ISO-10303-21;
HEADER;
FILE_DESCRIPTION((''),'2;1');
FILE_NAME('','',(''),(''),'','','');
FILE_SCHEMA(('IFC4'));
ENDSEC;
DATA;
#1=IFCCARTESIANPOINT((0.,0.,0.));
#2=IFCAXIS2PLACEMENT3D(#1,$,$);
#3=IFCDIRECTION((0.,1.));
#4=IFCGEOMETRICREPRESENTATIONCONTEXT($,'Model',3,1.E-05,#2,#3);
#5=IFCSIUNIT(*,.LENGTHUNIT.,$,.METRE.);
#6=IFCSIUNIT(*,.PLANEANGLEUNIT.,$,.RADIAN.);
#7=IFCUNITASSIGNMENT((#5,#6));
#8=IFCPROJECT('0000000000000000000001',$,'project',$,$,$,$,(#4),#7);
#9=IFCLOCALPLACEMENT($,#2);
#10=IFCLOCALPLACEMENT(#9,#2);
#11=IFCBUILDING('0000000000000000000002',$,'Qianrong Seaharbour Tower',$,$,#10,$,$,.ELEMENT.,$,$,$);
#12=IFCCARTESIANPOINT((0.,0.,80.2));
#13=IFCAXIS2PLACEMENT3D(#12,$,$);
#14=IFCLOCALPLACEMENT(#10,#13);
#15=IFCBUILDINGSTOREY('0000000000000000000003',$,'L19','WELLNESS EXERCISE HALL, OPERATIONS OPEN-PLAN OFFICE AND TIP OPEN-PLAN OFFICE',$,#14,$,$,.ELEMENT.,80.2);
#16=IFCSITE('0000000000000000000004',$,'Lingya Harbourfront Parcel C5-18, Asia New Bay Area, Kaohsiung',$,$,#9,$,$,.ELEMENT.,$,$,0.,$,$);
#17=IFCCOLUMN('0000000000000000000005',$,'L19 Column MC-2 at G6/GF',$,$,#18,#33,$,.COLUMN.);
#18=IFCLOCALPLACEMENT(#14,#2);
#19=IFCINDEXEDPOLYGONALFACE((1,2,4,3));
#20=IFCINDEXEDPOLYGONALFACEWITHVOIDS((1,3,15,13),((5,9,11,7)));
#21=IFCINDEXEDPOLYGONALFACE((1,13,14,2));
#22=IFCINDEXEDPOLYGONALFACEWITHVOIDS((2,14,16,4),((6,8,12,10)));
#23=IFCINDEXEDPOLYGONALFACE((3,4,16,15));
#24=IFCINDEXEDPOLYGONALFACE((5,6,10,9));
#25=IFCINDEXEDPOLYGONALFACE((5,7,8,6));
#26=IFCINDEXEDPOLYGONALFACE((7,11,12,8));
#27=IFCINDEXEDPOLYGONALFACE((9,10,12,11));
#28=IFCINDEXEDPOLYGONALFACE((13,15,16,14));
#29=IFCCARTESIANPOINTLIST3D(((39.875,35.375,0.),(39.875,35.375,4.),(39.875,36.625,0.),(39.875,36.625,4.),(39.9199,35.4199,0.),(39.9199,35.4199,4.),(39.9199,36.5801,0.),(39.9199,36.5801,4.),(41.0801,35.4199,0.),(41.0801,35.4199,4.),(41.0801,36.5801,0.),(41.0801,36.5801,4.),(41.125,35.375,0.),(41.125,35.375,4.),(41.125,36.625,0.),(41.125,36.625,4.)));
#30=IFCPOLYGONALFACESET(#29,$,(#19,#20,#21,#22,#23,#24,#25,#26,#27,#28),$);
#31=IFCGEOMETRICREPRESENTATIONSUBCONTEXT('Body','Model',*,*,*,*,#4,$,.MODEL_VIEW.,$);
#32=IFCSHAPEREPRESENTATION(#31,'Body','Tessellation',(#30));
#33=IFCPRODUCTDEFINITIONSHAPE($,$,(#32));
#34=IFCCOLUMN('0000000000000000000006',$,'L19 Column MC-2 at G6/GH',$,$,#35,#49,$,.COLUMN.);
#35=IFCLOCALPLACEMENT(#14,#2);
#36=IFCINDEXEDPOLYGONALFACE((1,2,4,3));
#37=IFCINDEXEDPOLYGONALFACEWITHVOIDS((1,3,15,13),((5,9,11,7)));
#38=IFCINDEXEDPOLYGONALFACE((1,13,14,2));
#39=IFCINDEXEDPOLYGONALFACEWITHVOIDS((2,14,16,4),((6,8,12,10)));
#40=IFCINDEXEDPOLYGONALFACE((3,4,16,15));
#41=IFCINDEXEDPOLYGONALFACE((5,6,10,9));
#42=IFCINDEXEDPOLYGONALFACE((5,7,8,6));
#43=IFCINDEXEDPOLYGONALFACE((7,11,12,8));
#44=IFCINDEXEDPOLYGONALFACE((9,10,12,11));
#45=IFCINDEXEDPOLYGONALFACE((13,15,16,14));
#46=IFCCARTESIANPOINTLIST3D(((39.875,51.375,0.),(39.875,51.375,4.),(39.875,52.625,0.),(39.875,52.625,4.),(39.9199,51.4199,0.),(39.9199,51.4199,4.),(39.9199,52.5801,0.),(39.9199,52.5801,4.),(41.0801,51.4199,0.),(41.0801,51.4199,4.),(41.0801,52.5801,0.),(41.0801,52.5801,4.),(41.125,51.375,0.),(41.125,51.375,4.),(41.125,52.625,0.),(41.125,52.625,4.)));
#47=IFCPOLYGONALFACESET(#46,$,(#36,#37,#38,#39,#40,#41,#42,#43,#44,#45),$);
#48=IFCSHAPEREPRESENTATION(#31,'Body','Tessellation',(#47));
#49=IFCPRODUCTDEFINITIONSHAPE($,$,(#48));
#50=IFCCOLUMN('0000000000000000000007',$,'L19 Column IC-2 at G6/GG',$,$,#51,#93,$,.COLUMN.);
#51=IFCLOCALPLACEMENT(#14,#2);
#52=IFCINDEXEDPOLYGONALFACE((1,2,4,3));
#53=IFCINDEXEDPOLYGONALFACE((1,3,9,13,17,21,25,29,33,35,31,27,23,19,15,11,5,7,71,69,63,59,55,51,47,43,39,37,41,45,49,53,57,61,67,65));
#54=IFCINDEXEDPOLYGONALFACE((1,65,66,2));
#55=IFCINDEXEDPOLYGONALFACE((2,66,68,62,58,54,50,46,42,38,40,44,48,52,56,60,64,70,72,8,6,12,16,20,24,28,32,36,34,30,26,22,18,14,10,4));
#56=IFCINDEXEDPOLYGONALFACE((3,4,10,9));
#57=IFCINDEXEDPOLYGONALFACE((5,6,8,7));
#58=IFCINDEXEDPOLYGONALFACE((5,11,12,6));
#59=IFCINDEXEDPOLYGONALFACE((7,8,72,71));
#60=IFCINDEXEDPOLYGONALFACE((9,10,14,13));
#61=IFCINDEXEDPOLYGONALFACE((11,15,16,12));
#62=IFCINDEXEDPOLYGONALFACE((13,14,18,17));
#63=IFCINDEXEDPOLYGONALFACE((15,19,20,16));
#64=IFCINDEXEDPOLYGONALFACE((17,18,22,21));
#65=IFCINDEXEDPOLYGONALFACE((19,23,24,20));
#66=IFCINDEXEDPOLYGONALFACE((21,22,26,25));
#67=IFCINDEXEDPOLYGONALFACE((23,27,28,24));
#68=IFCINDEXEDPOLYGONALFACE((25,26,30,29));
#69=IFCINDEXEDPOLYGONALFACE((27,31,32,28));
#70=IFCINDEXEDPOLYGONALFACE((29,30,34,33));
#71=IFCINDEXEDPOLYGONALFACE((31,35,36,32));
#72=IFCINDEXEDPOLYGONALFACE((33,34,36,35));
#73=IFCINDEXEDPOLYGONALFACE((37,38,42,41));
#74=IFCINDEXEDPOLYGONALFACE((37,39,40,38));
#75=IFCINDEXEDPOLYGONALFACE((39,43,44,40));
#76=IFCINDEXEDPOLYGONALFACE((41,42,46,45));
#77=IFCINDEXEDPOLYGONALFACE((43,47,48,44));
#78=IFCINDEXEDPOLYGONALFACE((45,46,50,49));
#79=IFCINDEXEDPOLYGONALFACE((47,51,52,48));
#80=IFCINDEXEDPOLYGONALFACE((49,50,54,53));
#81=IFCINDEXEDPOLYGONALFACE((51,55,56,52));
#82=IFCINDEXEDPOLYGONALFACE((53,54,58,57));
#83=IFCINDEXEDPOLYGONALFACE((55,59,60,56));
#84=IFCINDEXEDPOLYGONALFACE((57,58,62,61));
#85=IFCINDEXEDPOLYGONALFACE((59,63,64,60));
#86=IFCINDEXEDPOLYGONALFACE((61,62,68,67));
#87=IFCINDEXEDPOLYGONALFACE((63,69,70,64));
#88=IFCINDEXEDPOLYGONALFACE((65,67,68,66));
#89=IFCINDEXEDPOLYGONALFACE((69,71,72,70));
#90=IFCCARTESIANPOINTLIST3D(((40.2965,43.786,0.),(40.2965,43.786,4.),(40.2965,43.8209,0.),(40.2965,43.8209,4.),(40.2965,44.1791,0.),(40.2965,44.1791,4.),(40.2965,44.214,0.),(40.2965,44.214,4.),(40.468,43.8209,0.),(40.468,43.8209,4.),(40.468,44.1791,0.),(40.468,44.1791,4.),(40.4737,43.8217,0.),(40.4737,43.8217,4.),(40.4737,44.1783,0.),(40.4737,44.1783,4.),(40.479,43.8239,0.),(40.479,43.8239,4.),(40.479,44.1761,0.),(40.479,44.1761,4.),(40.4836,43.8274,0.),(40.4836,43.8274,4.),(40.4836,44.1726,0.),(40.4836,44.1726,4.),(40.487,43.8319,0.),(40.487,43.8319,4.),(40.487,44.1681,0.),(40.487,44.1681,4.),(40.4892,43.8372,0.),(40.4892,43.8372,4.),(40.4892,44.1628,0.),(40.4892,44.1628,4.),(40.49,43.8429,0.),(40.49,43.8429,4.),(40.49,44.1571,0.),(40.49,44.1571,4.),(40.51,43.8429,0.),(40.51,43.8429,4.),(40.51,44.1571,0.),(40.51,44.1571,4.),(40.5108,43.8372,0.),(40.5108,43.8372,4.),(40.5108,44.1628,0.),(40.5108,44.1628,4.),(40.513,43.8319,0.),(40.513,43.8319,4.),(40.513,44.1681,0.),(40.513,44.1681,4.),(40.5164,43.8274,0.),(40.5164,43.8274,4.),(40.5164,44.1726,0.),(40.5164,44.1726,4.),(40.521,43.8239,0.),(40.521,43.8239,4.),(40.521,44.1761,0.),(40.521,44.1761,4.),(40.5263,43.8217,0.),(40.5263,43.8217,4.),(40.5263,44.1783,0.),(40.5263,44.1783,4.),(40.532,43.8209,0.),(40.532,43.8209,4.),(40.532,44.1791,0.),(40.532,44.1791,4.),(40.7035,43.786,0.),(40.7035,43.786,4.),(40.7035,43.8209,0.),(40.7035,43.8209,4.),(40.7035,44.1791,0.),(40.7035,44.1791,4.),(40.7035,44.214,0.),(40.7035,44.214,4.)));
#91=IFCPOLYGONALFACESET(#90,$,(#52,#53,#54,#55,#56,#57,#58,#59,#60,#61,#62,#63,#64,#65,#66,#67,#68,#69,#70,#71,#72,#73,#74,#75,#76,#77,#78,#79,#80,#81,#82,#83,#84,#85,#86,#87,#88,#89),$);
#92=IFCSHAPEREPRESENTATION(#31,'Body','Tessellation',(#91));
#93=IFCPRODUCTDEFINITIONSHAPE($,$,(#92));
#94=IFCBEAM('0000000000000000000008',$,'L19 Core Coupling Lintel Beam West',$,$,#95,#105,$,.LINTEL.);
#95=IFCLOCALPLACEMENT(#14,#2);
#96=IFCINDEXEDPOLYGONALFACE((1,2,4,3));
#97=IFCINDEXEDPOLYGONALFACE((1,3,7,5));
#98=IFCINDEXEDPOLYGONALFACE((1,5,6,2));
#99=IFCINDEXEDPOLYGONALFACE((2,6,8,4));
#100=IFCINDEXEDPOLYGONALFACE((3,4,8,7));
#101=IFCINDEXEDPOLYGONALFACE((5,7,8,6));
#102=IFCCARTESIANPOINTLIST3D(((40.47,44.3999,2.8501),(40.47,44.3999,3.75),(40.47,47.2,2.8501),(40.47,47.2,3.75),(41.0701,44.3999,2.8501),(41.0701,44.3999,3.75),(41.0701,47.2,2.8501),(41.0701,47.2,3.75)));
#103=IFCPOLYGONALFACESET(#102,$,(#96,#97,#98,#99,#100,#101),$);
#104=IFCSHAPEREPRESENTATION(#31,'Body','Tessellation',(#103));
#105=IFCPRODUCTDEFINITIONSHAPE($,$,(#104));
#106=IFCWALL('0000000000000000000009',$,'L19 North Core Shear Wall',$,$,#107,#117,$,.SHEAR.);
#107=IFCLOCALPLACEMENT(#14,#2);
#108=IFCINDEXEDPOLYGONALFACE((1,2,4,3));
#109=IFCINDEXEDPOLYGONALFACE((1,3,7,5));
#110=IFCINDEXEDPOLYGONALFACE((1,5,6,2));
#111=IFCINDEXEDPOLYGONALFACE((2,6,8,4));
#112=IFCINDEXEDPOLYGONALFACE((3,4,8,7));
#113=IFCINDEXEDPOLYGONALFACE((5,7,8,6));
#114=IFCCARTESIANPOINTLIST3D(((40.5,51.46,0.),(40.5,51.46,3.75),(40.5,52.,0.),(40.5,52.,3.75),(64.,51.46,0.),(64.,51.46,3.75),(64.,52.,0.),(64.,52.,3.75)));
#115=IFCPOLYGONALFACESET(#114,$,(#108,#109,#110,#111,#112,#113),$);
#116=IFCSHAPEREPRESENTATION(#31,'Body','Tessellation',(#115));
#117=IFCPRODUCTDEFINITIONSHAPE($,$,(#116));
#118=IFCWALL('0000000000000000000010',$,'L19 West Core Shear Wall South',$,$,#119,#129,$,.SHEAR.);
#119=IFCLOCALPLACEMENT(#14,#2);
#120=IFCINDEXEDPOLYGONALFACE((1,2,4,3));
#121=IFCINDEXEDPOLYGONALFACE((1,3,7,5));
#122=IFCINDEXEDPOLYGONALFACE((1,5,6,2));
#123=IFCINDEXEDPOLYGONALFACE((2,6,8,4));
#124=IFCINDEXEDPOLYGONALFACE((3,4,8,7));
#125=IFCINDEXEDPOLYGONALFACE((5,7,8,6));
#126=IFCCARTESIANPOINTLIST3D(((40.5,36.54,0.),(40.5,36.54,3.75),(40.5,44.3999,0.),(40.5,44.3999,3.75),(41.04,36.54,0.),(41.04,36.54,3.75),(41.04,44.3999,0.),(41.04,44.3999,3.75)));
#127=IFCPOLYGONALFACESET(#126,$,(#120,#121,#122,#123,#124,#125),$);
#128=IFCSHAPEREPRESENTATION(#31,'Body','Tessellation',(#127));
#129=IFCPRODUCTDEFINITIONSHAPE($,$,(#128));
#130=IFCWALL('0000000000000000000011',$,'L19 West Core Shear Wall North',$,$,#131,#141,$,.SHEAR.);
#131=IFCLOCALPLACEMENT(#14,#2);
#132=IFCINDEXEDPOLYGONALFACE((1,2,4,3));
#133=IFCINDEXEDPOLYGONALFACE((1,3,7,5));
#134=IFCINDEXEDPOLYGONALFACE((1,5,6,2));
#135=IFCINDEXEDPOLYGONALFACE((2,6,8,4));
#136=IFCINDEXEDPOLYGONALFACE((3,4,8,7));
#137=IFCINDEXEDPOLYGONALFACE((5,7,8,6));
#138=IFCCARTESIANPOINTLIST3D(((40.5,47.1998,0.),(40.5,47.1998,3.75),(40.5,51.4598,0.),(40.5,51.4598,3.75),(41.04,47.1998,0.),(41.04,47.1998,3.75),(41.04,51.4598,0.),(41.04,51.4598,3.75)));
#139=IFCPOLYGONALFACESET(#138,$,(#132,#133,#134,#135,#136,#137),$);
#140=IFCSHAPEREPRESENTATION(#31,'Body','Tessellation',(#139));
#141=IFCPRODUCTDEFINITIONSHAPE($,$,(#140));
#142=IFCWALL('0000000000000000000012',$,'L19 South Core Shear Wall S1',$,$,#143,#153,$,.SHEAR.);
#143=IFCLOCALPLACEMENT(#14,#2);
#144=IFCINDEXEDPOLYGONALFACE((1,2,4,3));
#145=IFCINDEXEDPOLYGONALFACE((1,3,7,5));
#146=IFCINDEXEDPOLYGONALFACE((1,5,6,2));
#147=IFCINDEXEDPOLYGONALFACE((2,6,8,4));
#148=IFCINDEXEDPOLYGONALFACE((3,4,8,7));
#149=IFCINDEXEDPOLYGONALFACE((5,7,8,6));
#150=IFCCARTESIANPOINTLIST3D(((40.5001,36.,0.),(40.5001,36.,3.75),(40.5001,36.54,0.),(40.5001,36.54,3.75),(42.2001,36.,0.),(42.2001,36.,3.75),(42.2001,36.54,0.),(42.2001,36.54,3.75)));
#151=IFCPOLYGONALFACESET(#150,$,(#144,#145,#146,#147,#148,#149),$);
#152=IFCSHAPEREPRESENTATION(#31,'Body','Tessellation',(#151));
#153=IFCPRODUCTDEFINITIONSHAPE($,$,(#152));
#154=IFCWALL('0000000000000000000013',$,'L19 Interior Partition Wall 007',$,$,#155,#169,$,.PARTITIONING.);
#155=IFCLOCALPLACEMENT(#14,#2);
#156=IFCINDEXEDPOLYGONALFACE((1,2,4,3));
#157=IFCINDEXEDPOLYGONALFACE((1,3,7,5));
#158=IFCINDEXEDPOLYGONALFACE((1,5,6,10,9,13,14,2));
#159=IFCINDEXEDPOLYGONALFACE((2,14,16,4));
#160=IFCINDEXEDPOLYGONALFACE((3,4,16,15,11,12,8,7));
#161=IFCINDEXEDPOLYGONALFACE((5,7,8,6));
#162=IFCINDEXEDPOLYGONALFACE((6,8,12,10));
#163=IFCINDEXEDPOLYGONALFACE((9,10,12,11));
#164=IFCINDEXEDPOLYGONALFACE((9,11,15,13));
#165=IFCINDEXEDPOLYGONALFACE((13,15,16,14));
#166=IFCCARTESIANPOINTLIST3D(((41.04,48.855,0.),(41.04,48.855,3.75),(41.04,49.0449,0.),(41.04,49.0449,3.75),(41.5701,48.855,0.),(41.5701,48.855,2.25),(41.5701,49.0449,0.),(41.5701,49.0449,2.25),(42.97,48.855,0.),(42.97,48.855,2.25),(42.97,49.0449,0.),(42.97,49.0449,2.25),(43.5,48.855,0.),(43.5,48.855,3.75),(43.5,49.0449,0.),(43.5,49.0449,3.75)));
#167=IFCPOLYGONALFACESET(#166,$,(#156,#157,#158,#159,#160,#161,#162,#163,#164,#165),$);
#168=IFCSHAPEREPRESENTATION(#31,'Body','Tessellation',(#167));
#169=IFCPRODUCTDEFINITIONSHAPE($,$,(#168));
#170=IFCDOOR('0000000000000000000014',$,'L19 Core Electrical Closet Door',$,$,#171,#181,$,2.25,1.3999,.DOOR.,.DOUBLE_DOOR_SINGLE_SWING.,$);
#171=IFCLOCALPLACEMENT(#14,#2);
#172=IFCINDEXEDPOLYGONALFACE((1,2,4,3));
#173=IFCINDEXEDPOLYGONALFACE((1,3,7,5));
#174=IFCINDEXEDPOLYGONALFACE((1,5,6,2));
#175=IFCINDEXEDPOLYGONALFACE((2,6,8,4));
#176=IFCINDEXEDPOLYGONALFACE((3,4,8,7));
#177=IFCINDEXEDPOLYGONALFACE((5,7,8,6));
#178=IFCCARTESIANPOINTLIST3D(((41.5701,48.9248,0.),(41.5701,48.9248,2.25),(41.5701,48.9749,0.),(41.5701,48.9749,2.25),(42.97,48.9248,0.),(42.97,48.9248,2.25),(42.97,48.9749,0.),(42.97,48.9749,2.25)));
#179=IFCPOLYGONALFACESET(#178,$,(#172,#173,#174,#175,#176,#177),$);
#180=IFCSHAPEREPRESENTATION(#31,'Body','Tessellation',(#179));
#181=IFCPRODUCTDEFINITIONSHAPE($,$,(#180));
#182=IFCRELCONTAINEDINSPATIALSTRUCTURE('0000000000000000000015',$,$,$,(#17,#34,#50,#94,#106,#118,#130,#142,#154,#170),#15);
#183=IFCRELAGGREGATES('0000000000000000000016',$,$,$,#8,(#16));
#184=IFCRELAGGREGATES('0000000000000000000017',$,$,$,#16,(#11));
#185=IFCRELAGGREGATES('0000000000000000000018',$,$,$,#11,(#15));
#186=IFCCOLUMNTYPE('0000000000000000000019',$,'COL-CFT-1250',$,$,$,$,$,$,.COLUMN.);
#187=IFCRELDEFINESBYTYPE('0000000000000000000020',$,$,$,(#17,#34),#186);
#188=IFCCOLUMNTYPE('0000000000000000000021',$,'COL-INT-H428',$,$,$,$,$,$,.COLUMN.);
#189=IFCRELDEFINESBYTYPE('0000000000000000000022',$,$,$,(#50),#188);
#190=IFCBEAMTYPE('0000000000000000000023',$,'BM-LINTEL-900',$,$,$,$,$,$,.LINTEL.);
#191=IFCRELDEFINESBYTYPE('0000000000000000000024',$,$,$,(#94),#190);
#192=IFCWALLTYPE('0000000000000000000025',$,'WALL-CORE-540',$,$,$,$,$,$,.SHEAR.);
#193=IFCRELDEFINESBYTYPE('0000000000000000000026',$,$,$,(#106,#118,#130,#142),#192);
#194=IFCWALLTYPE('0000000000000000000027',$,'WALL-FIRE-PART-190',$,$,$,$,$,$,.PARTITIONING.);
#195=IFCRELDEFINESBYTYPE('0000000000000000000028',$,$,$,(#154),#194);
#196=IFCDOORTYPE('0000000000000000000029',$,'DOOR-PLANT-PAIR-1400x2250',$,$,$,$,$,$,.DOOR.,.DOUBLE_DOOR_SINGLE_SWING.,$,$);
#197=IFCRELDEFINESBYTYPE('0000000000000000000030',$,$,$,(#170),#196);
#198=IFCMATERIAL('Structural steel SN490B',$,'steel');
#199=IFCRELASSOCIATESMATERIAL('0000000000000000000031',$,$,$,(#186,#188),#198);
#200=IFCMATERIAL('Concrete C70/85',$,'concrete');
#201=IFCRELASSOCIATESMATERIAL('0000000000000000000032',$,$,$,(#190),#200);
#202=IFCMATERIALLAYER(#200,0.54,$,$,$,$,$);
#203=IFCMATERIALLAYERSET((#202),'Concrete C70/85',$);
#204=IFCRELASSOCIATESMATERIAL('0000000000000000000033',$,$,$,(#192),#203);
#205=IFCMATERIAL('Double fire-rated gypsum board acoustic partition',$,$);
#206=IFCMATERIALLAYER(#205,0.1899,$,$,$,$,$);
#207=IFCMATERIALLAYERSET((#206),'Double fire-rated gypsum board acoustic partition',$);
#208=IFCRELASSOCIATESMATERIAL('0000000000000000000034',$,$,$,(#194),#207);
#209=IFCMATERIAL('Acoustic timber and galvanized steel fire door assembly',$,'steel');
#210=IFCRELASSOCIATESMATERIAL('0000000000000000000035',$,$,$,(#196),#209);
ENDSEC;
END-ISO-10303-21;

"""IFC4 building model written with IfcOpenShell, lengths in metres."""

from ifc_helpers import new_model, si_unit, direction, frame, frame_2d, origin, origin_2d, place, context, subcontext, project, spatial, rectangle, hollow_rectangle, i_section, extrude, material, layer, layer_set, material_profile, profile_set, type_object, element, fill, save


model = new_model("IFC4")

# Units and contexts
model_context = context("Model", 3, precision=1e-05, world=origin(), true_north=direction((0.0, 1.0)))
body_context = subcontext(model_context, "Body", "Model", "MODEL_VIEW")
ifc_project = project(units=[si_unit("LENGTHUNIT", "METRE"), si_unit("PLANEANGLEUNIT", "RADIAN")], contexts=[model_context])

# Site, building, storey
site_placement = place(None, origin())
site = spatial("IfcSite", under=ifc_project, at=site_placement, Name="Lingya Harbourfront Parcel C5-18, Asia New Bay Area, Kaohsiung", CompositionType="ELEMENT", RefElevation=0.0)
building_placement = place(site_placement, origin())
building = spatial("IfcBuilding", under=site, at=building_placement, Name="Qianrong Seaharbour Tower", CompositionType="ELEMENT")
storey_placement = place(building_placement, frame((0.0, 0.0, 80.2)))
storey = spatial("IfcBuildingStorey", under=building, at=storey_placement, Name="L19", Description="WELLNESS EXERCISE HALL, OPERATIONS OPEN-PLAN OFFICE AND TIP OPEN-PLAN OFFICE", CompositionType="ELEMENT", Elevation=80.2)

# Columns
ifc_material_1 = material(Name="Structural steel SN490B", Category="steel")
ifc_material_profile_1 = material_profile(ifc_material_1, hollow_rectangle(XDim=1.25, YDim=1.25, WallThickness=0.0449, at=origin_2d()), Name="BOX1250x1250x45")
ifc_profile_set_1 = profile_set([ifc_material_profile_1], Name="Structural steel SN490B")
column_type_1 = type_object("IfcColumnType", Name="COL-CFT-1250", PredefinedType="COLUMN", material=ifc_profile_set_1)
for number, where, z_axis, x_axis, name in (
    (1, (40.5, 36.0, 0.0), (0.0, 0.0, 1.0), (1.0, 0.0, 0.0), "L19 Column MC-2 at G6/GF"),
    (2, (40.5, 52.0, 0.0), (0.0, 0.0, 1.0), (1.0, 0.0, 0.0), "L19 Column MC-2 at G6/GH"),
):
    element("IfcColumn", number, at=place(storey_placement, frame(where, z_axis=z_axis, x_axis=x_axis)), inside=storey, type_object=column_type_1, Name=name, PredefinedType="COLUMN", context=body_context, shape_type="SweptSolid", body=[
        extrude(hollow_rectangle(XDim=1.25, YDim=1.25, WallThickness=0.0449, at=origin_2d()), origin(), (0.0, 0.0, 1.0), 4.0),
    ])
ifc_material_profile_2 = material_profile(ifc_material_1, i_section(OverallWidth=0.407, OverallDepth=0.428, WebThickness=0.02, FlangeThickness=0.0349, FilletRadius=0.022, at=origin_2d()), Name="H428x407x20x35")
ifc_profile_set_2 = profile_set([ifc_material_profile_2], Name="Structural steel SN490B")
column_type_2 = type_object("IfcColumnType", Name="COL-INT-H428", PredefinedType="COLUMN", material=ifc_profile_set_2)
column_placement = place(storey_placement, frame((40.5, 44.0, 0.0), z_axis=(0.0, 0.0, 1.0), x_axis=(1.0, 0.0, 0.0)))
element("IfcColumn", 3, at=column_placement, inside=storey, type_object=column_type_2, Name="L19 Column IC-2 at G6/GG", PredefinedType="COLUMN", context=body_context, shape_type="SweptSolid", body=[
    extrude(i_section(OverallWidth=0.407, OverallDepth=0.428, WebThickness=0.02, FlangeThickness=0.0349, FilletRadius=0.022, at=origin_2d()), origin(), (0.0, 0.0, 1.0), 4.0),
])

# Beam
ifc_material_2 = material(Name="Concrete C70/85", Category="concrete")
ifc_material_profile_3 = material_profile(ifc_material_2, rectangle(XDim=0.6001, YDim=0.8999, at=origin_2d()), Name="RC600x900")
ifc_profile_set_3 = profile_set([ifc_material_profile_3], Name="Concrete C70/85")
beam_type = type_object("IfcBeamType", Name="BM-LINTEL-900", PredefinedType="LINTEL", material=ifc_profile_set_3)
beam_placement = place(storey_placement, frame((40.77, 44.3999, 3.3), z_axis=(0.0, 1.0, 0.0), x_axis=(-1.0, 0.0, 0.0)))
element("IfcBeam", 4, at=beam_placement, inside=storey, type_object=beam_type, Name="L19 Core Coupling Lintel Beam West", PredefinedType="LINTEL", context=body_context, shape_type="SweptSolid", body=[
    extrude(rectangle(XDim=0.6001, YDim=0.8999, at=origin_2d()), origin(), (0.0, 0.0, 1.0), 2.8),
])

# Walls
ifc_layer_1 = layer(ifc_material_2, 0.54)
ifc_layer_set_1 = layer_set([ifc_layer_1], Name="Concrete C70/85")
wall_type_1 = type_object("IfcWallType", Name="WALL-CORE-540", PredefinedType="SHEAR", material=ifc_layer_set_1)
wall_1_placement = place(storey_placement, frame((40.5, 51.73, 0.0), z_axis=(0.0, 0.0, 1.0), x_axis=(1.0, 0.0, 0.0)))
element("IfcWall", 5, at=wall_1_placement, inside=storey, type_object=wall_type_1, Name="L19 North Core Shear Wall", PredefinedType="SHEAR", context=body_context, shape_type="SweptSolid", body=[
    extrude(rectangle(XDim=23.5, YDim=0.54, at=frame_2d((11.75, 0.0))), origin(), (0.0, 0.0, 1.0), 3.75),
])
wall_2_placement = place(storey_placement, frame((40.77, 36.54, 0.0), z_axis=(0.0, 0.0, 1.0), x_axis=(0.0, 1.0, 0.0)))
element("IfcWall", 6, at=wall_2_placement, inside=storey, type_object=wall_type_1, Name="L19 West Core Shear Wall South", PredefinedType="SHEAR", context=body_context, shape_type="SweptSolid", body=[
    extrude(rectangle(XDim=7.8599, YDim=0.54, at=frame_2d((3.9299, 0.0))), origin(), (0.0, 0.0, 1.0), 3.75),
])
wall_3_placement = place(storey_placement, frame((40.77, 47.2, 0.0), z_axis=(0.0, 0.0, 1.0), x_axis=(0.0, 1.0, 0.0)))
element("IfcWall", 7, at=wall_3_placement, inside=storey, type_object=wall_type_1, Name="L19 West Core Shear Wall North", PredefinedType="SHEAR", context=body_context, shape_type="SweptSolid", body=[
    extrude(rectangle(XDim=4.26, YDim=0.54, at=frame_2d((2.1299, 0.0))), origin(), (0.0, 0.0, 1.0), 3.75),
])
wall_4_placement = place(storey_placement, frame((40.5, 36.27, 0.0), z_axis=(0.0, 0.0, 1.0), x_axis=(1.0, 0.0, 0.0)))
element("IfcWall", 8, at=wall_4_placement, inside=storey, type_object=wall_type_1, Name="L19 South Core Shear Wall S1", PredefinedType="SHEAR", context=body_context, shape_type="SweptSolid", body=[
    extrude(rectangle(XDim=1.7, YDim=0.54, at=frame_2d((0.8501, 0.0))), origin(), (0.0, 0.0, 1.0), 3.75),
])

# Wall, opening, door
ifc_material_3 = material(Name="Acoustic timber and galvanized steel fire door assembly", Category="steel")
ifc_material_4 = material(Name="Double fire-rated gypsum board acoustic partition")
ifc_layer_2 = layer(ifc_material_4, 0.1899)
ifc_layer_set_2 = layer_set([ifc_layer_2], Name="Double fire-rated gypsum board acoustic partition")
wall_type_2 = type_object("IfcWallType", Name="WALL-FIRE-PART-190", PredefinedType="PARTITIONING", material=ifc_layer_set_2)
wall_5_placement = place(storey_placement, frame((41.04, 48.95, 0.0), z_axis=(0.0, 0.0, 1.0), x_axis=(1.0, 0.0, 0.0)))
wall_5 = element("IfcWall", 9, at=wall_5_placement, inside=storey, type_object=wall_type_2, Name="L19 Interior Partition Wall 007", PredefinedType="PARTITIONING", context=body_context, shape_type="SweptSolid", body=[
    extrude(rectangle(XDim=2.46, YDim=0.1899, at=frame_2d((1.23, 0.0))), origin(), (0.0, 0.0, 1.0), 3.75),
])
opening_1_placement = place(wall_5_placement, frame((0.53, 0.0, 0.0)))
opening_1 = element("IfcOpeningElement", 10, at=opening_1_placement, cuts=wall_5, PredefinedType="OPENING", context=body_context, shape_type="SweptSolid", body=[
    extrude(rectangle(XDim=1.3999, YDim=2.25, at=frame_2d((0.7, 1.125))), frame((0.0, 0.105, 0.0), z_axis=(0.0, -1.0, 0.0), x_axis=(1.0, 0.0, 0.0)), (0.0, 0.0, 1.0), 0.21),
])
door_type_1 = type_object("IfcDoorType", Name="DOOR-PLANT-PAIR-1400x2250", OperationType="DOUBLE_DOOR_SINGLE_SWING", PredefinedType="DOOR", material=ifc_material_3)
door_1_placement = place(opening_1_placement, origin())
door_1 = element("IfcDoor", 11, at=door_1_placement, inside=storey, type_object=door_type_1, Name="L19 Core Electrical Closet Door", OperationType="DOUBLE_DOOR_SINGLE_SWING", OverallHeight=2.25, OverallWidth=1.3999, PredefinedType="DOOR", context=body_context, shape_type="SweptSolid", body=[
    extrude(rectangle(XDim=1.3999, YDim=2.25, at=frame_2d((0.7, 1.125))), frame((0.0, 0.0249, 0.0), z_axis=(0.0, -1.0, 0.0), x_axis=(1.0, 0.0, 0.0)), (0.0, 0.0, 1.0), 0.05),
])
fill(opening_1, door_1)

save(model, "model.ifc")
